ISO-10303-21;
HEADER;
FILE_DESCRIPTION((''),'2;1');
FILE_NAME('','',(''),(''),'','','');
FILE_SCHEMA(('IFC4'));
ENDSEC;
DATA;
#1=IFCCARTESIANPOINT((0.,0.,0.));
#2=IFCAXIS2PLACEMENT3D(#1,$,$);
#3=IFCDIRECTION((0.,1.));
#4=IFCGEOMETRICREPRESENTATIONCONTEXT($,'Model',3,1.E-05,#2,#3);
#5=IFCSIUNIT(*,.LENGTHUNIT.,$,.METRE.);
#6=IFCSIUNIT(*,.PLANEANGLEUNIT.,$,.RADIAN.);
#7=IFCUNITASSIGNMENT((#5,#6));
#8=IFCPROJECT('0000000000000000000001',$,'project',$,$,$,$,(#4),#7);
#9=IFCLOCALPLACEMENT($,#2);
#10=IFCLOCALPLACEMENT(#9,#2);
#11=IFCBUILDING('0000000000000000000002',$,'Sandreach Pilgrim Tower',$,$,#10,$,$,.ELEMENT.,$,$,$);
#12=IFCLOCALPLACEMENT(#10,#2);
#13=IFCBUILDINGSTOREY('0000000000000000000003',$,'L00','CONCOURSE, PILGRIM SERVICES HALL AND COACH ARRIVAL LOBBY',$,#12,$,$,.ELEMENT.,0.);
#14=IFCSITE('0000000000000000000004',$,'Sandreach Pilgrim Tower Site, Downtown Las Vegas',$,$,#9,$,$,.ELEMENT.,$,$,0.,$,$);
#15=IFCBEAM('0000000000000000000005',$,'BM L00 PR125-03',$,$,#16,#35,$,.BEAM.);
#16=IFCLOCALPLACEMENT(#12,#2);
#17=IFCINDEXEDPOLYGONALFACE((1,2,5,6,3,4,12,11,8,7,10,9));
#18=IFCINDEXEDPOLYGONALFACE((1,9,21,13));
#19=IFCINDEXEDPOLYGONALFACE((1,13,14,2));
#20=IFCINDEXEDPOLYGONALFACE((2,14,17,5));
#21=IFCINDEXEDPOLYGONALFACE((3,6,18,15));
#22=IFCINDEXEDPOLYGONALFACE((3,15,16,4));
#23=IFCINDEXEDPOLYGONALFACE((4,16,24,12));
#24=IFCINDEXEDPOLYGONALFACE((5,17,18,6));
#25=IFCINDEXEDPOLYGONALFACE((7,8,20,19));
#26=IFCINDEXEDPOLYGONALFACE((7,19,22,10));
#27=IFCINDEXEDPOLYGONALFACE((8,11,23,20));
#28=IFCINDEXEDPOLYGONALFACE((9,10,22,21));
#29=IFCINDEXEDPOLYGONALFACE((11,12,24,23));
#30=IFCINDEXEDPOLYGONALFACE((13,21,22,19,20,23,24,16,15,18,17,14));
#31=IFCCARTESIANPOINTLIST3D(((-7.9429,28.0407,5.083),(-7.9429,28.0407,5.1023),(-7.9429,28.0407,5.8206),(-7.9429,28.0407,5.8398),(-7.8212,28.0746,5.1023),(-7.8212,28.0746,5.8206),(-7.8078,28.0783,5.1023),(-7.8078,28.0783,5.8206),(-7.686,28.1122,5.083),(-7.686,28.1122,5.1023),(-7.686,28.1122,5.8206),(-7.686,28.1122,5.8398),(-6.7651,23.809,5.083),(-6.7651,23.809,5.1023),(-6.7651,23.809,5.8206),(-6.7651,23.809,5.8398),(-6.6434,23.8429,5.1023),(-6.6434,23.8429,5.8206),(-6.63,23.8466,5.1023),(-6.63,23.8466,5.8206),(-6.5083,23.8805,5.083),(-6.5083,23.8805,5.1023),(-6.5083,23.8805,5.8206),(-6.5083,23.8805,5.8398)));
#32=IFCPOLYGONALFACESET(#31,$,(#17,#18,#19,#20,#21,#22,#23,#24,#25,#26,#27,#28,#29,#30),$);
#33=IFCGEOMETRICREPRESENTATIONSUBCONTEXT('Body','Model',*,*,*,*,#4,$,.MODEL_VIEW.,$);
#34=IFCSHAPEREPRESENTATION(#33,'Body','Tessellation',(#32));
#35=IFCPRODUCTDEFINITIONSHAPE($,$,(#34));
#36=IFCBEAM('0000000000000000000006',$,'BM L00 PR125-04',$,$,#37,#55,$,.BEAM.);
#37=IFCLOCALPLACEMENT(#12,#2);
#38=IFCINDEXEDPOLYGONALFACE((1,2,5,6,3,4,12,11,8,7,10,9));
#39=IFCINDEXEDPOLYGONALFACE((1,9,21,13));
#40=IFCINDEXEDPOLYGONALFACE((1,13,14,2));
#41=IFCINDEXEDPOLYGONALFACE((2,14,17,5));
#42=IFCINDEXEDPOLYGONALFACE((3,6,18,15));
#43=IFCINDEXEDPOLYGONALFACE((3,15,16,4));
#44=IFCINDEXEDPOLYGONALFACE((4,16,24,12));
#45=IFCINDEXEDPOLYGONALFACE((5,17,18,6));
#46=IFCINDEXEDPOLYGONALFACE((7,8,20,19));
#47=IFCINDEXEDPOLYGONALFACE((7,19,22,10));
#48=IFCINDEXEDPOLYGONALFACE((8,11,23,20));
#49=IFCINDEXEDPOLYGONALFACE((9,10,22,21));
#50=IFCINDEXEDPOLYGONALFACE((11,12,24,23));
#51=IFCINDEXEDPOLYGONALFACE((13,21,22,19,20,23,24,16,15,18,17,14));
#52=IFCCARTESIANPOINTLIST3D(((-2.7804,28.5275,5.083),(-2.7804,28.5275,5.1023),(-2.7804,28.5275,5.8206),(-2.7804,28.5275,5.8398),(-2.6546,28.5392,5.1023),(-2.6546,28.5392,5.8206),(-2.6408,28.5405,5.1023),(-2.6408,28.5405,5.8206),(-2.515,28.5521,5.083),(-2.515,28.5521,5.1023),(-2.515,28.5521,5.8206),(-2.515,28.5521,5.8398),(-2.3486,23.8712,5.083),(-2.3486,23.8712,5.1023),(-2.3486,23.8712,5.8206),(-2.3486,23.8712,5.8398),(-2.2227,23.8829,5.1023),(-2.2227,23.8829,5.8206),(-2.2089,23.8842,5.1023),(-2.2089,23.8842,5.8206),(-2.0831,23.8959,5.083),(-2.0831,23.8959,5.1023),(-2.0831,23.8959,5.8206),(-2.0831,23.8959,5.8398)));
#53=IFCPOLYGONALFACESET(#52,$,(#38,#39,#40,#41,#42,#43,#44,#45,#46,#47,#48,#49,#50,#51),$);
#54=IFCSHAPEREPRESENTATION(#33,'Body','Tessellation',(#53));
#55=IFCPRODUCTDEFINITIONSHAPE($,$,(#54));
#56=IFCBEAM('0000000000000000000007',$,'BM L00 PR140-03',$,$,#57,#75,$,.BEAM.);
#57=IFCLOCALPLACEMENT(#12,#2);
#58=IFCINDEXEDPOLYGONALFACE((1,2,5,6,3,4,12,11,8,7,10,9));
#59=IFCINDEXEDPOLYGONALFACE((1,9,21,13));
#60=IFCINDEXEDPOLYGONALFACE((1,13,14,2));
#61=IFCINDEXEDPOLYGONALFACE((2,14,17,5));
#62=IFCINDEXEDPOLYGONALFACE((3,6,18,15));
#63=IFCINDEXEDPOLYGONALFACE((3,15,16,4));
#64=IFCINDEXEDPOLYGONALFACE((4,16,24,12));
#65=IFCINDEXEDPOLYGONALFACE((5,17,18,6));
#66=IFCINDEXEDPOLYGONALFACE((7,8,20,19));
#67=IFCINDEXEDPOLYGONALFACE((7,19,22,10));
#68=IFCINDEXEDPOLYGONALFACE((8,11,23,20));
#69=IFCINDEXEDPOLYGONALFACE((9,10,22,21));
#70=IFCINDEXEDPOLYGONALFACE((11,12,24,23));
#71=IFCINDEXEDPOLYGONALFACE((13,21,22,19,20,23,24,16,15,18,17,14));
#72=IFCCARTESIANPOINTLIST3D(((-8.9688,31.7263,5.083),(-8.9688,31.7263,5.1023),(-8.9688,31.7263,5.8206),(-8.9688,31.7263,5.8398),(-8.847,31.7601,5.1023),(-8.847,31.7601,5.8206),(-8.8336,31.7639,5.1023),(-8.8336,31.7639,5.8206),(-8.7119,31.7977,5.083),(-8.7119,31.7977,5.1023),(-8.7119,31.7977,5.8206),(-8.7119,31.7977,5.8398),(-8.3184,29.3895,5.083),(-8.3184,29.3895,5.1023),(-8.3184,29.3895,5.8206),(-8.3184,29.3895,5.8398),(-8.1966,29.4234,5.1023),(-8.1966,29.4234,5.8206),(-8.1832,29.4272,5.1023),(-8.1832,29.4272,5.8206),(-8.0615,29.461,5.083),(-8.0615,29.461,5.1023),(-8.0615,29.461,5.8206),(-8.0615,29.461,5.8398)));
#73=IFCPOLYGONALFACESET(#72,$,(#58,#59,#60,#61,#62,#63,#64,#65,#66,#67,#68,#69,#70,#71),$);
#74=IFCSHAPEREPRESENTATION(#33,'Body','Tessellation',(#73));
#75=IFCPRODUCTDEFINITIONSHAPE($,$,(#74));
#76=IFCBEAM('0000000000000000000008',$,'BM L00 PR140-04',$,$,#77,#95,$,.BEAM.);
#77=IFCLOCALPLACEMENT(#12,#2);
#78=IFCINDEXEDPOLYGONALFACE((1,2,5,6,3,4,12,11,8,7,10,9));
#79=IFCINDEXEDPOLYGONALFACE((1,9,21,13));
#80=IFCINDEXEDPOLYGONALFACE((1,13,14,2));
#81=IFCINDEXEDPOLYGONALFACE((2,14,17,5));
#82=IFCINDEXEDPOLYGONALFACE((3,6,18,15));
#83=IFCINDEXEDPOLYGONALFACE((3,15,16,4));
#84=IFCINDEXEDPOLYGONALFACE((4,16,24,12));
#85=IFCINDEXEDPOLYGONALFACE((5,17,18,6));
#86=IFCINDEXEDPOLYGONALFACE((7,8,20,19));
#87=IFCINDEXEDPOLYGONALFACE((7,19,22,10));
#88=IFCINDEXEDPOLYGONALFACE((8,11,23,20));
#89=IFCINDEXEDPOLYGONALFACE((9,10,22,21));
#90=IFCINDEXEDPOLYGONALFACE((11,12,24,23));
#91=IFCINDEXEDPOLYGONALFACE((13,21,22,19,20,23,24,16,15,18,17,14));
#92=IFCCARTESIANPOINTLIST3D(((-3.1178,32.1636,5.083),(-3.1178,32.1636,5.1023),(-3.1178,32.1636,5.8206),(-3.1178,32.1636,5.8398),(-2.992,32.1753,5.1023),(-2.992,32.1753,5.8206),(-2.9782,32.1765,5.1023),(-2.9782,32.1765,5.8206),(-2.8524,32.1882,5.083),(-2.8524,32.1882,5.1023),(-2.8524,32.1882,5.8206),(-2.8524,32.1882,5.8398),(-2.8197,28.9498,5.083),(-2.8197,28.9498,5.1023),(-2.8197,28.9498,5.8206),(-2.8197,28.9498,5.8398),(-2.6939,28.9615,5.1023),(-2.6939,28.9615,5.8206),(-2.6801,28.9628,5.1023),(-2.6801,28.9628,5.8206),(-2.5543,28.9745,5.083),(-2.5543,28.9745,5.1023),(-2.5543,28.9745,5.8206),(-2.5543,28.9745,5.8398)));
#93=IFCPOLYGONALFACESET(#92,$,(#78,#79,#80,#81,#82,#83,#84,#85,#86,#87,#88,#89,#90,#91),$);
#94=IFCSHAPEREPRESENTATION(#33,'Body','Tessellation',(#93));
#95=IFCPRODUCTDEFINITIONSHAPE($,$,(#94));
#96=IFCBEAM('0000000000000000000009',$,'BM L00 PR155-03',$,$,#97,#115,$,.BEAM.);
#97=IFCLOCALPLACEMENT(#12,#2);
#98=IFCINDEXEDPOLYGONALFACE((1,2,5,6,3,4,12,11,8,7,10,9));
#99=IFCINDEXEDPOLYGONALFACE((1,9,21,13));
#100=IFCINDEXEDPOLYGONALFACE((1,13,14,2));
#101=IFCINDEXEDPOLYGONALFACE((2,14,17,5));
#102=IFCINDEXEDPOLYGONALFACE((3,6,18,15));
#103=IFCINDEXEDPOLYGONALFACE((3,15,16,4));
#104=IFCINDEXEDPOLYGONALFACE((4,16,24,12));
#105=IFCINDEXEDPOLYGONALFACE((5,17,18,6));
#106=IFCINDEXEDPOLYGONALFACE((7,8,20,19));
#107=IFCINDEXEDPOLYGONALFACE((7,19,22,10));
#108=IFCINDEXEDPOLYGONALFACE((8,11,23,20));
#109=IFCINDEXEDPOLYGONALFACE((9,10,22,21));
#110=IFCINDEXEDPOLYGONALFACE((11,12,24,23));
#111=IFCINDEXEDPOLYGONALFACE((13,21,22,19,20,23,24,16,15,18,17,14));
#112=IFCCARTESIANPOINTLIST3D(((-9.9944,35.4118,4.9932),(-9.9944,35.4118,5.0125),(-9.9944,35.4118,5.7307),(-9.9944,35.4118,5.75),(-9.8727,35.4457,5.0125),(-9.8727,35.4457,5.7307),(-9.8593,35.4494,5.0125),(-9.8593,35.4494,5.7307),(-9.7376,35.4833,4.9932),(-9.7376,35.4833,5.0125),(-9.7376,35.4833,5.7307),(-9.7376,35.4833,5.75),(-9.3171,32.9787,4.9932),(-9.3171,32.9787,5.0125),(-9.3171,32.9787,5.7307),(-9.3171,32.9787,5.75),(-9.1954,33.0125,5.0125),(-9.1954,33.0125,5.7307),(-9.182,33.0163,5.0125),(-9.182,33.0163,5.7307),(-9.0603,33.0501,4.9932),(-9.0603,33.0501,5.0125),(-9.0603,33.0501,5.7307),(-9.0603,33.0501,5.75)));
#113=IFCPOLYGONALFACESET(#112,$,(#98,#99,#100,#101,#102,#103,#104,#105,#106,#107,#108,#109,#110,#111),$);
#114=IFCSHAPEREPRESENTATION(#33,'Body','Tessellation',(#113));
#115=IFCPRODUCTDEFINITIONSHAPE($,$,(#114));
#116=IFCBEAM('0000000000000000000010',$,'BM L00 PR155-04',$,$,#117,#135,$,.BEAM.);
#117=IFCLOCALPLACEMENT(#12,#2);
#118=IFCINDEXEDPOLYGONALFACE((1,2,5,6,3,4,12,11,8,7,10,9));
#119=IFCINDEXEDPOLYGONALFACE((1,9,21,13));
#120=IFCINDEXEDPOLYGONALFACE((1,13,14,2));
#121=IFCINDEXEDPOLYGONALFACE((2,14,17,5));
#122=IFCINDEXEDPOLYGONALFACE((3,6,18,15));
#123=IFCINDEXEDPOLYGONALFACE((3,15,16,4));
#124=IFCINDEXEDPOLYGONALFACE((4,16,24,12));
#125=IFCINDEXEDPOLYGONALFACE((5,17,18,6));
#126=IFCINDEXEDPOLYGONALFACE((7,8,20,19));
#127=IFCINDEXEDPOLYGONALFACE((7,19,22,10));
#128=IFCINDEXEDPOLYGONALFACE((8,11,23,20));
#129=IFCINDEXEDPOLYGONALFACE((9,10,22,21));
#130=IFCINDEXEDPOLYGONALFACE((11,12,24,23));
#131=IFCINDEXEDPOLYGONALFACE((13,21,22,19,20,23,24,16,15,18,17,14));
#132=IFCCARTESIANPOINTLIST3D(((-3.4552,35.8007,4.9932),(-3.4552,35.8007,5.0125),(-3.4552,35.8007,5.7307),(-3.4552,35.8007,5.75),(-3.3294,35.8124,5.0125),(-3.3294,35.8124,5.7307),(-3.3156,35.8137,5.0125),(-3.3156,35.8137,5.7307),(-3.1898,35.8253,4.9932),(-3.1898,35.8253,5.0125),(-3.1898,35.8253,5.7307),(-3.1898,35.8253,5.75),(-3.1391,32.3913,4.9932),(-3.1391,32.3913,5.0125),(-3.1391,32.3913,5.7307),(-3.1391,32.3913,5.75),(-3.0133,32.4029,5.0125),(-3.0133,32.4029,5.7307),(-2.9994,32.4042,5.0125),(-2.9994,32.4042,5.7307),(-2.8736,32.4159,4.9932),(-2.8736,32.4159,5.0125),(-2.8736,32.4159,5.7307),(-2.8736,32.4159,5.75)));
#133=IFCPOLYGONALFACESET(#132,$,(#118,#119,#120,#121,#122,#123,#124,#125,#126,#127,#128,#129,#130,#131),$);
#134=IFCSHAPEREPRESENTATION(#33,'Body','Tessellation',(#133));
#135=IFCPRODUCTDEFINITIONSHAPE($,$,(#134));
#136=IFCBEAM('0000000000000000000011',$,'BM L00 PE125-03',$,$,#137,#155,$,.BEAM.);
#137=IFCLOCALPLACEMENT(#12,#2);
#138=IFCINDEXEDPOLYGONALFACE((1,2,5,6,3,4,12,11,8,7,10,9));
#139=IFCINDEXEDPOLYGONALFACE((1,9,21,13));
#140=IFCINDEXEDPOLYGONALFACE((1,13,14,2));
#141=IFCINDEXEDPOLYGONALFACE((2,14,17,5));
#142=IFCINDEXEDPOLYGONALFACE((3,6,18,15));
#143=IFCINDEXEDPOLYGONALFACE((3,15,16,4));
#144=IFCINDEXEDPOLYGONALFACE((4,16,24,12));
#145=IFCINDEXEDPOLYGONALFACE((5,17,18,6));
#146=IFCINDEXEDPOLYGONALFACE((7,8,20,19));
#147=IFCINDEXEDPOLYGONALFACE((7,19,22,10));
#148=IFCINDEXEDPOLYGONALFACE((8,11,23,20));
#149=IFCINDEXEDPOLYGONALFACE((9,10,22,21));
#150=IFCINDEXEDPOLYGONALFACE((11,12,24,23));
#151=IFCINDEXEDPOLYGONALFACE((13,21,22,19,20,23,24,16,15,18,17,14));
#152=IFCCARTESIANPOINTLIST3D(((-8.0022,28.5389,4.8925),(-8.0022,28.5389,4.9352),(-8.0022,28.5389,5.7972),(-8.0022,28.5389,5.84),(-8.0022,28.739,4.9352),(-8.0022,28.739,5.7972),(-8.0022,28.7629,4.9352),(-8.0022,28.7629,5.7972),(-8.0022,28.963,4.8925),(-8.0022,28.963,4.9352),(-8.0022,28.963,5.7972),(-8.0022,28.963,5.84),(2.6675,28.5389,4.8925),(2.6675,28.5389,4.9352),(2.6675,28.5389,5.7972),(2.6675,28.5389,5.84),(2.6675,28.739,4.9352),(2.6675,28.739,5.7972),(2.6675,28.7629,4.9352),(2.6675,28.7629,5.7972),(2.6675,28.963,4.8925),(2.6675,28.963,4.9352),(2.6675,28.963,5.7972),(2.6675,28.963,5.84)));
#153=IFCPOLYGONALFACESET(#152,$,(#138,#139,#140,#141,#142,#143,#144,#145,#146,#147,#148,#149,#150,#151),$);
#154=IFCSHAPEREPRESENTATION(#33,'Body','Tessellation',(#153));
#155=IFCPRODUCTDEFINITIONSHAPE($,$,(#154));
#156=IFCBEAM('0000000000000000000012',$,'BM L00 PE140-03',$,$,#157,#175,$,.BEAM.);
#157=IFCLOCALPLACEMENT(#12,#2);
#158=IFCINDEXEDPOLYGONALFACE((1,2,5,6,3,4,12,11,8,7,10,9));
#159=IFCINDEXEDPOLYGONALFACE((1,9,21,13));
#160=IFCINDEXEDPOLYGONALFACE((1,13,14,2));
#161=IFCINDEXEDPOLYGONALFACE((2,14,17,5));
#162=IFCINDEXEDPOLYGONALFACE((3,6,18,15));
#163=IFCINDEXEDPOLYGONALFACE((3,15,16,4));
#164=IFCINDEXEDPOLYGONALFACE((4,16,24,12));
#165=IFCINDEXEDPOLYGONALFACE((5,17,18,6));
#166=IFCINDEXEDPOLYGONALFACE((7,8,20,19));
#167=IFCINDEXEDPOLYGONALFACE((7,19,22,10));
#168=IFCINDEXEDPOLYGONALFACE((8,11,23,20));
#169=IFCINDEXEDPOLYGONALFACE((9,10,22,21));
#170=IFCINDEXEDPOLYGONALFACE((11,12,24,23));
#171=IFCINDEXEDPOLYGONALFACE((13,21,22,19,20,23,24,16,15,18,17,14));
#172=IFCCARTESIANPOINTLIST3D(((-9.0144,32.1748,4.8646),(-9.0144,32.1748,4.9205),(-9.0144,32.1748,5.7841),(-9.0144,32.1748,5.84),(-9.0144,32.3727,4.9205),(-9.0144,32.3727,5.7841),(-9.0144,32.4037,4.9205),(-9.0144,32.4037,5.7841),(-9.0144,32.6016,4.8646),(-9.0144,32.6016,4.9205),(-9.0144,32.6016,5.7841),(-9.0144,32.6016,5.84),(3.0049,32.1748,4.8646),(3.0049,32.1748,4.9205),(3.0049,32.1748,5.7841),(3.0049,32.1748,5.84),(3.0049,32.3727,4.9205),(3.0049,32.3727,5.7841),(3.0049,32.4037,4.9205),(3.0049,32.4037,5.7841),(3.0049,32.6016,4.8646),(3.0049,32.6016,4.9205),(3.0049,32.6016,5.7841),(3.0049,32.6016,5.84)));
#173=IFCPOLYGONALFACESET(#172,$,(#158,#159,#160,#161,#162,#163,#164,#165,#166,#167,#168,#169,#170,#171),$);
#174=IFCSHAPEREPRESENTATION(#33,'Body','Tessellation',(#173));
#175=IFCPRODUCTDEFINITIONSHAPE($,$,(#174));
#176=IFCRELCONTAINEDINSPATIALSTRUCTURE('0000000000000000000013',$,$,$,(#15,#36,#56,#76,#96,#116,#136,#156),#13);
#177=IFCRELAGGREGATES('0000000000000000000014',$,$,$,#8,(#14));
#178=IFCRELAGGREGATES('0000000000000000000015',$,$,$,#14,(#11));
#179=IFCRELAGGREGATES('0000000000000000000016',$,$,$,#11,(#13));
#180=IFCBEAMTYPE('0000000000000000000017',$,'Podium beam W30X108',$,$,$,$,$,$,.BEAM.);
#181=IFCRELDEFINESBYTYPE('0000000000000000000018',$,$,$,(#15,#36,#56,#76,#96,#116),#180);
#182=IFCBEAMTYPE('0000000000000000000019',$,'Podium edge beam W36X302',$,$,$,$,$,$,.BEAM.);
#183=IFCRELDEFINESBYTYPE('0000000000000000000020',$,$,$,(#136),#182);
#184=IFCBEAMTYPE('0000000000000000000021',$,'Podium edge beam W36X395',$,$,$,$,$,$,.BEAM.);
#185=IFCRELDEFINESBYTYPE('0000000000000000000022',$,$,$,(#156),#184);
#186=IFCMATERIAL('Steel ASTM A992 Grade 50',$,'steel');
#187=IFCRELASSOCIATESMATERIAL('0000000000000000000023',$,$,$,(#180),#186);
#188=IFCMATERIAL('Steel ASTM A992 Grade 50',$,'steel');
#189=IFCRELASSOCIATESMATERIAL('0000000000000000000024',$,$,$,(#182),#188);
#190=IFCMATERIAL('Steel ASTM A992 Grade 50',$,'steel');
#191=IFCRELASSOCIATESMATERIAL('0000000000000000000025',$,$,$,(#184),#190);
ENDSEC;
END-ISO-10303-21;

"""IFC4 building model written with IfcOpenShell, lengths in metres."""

from ifc_helpers import new_model, si_unit, direction, frame, origin, origin_2d, place, context, subcontext, project, spatial, i_section, extrude, material, material_profile, profile_set, type_object, element, save


model = new_model("IFC4")

# Units and contexts
model_context = context("Model", 3, precision=1e-05, world=origin(), true_north=direction((0.0, 1.0)))
body_context = subcontext(model_context, "Body", "Model", "MODEL_VIEW")
ifc_project = project(units=[si_unit("LENGTHUNIT", "METRE"), si_unit("PLANEANGLEUNIT", "RADIAN")], contexts=[model_context])

# Site, building, storey
site_placement = place(None, origin())
site = spatial("IfcSite", under=ifc_project, at=site_placement, Name="Sandreach Pilgrim Tower Site, Downtown Las Vegas", CompositionType="ELEMENT", RefElevation=0.0)
building_placement = place(site_placement, origin())
building = spatial("IfcBuilding", under=site, at=building_placement, Name="Sandreach Pilgrim Tower", CompositionType="ELEMENT")
storey_placement = place(building_placement, origin())
storey = spatial("IfcBuildingStorey", under=building, at=storey_placement, Name="L00", Description="CONCOURSE, PILGRIM SERVICES HALL AND COACH ARRIVAL LOBBY", CompositionType="ELEMENT", Elevation=0.0)

# Beams
ifc_material_1 = material(Name="Steel ASTM A992 Grade 50", Category="steel")
ifc_material_profile_1 = material_profile(ifc_material_1, i_section(OverallWidth=0.2666, OverallDepth=0.7568, WebThickness=0.0139, FlangeThickness=0.0193, at=origin_2d()), Name="W30X108")
ifc_profile_set_1 = profile_set([ifc_material_profile_1], Name="Steel ASTM A992 Grade 50")
beam_type_1 = type_object("IfcBeamType", Name="Podium beam W30X108", PredefinedType="BEAM", material=ifc_profile_set_1)
beam_1_placement = place(storey_placement, frame((-6.6367, 23.8447, 5.4614), z_axis=(-0.268123, 0.963385, 0.0), x_axis=(-0.963385, -0.268123, 0.0)))
element("IfcBeam", 1, at=beam_1_placement, inside=storey, type_object=beam_type_1, Name="BM L00 PR125-03", PredefinedType="BEAM", context=body_context, shape_type="SweptSolid", body=[
    extrude(i_section(OverallWidth=0.2666, OverallDepth=0.7568, WebThickness=0.0139, FlangeThickness=0.0193, at=origin_2d()), origin(), (0.0, 0.0, 1.0), 4.3926),
])
beam_2_placement = place(storey_placement, frame((-2.2158, 23.8835, 5.4614), z_axis=(-0.092357, 0.995726, 0.0), x_axis=(-0.995726, -0.092357, 0.0)))
element("IfcBeam", 2, at=beam_2_placement, inside=storey, type_object=beam_type_1, Name="BM L00 PR125-04", PredefinedType="BEAM", context=body_context, shape_type="SweptSolid", body=[
    extrude(i_section(OverallWidth=0.2666, OverallDepth=0.7568, WebThickness=0.0139, FlangeThickness=0.0193, at=origin_2d()), origin(), (0.0, 0.0, 1.0), 4.6763),
])
beam_3_placement = place(storey_placement, frame((-8.1899, 29.4253, 5.4614), z_axis=(-0.268147, 0.963378, 0.0), x_axis=(-0.963378, -0.268147, 0.0)))
element("IfcBeam", 3, at=beam_3_placement, inside=storey, type_object=beam_type_1, Name="BM L00 PR140-03", PredefinedType="BEAM", context=body_context, shape_type="SweptSolid", body=[
    extrude(i_section(OverallWidth=0.2666, OverallDepth=0.7568, WebThickness=0.0139, FlangeThickness=0.0193, at=origin_2d()), origin(), (0.0, 0.0, 1.0), 2.4255),
])
beam_4_placement = place(storey_placement, frame((-2.687, 28.9622, 5.4614), z_axis=(-0.092363, 0.995725, 0.0), x_axis=(-0.995725, -0.092363, 0.0)))
element("IfcBeam", 4, at=beam_4_placement, inside=storey, type_object=beam_type_1, Name="BM L00 PR140-04", PredefinedType="BEAM", context=body_context, shape_type="SweptSolid", body=[
    extrude(i_section(OverallWidth=0.2666, OverallDepth=0.7568, WebThickness=0.0139, FlangeThickness=0.0193, at=origin_2d()), origin(), (0.0, 0.0, 1.0), 3.2275),
])
beam_5_placement = place(storey_placement, frame((-9.1887, 33.0144, 5.3716), z_axis=(-0.268152, 0.963377, 0.0), x_axis=(-0.963377, -0.268152, 0.0)))
element("IfcBeam", 5, at=beam_5_placement, inside=storey, type_object=beam_type_1, Name="BM L00 PR155-03", PredefinedType="BEAM", context=body_context, shape_type="SweptSolid", body=[
    extrude(i_section(OverallWidth=0.2666, OverallDepth=0.7568, WebThickness=0.0139, FlangeThickness=0.0193, at=origin_2d()), origin(), (0.0, 0.0, 1.0), 2.5256),
])
beam_6_placement = place(storey_placement, frame((-3.0063, 32.4036, 5.3716), z_axis=(-0.092336, 0.995728, 0.0), x_axis=(-0.995728, -0.092336, 0.0)))
element("IfcBeam", 6, at=beam_6_placement, inside=storey, type_object=beam_type_1, Name="BM L00 PR155-04", PredefinedType="BEAM", context=body_context, shape_type="SweptSolid", body=[
    extrude(i_section(OverallWidth=0.2666, OverallDepth=0.7568, WebThickness=0.0139, FlangeThickness=0.0193, at=origin_2d()), origin(), (0.0, 0.0, 1.0), 3.4241),
])
ifc_material_2 = material(Name="Steel ASTM A992 Grade 50", Category="steel")
ifc_material_profile_2 = material_profile(ifc_material_2, i_section(OverallWidth=0.4241, OverallDepth=0.9475, WebThickness=0.0239, FlangeThickness=0.0427, at=origin_2d()), Name="W36X302")
ifc_profile_set_2 = profile_set([ifc_material_profile_2], Name="Steel ASTM A992 Grade 50")
beam_type_2 = type_object("IfcBeamType", Name="Podium edge beam W36X302", PredefinedType="BEAM", material=ifc_profile_set_2)
beam_7_placement = place(storey_placement, frame((-8.0022, 28.751, 5.3662), z_axis=(1.0, 0.0, 0.0), x_axis=(0.0, 1.0, 0.0)))
element("IfcBeam", 7, at=beam_7_placement, inside=storey, type_object=beam_type_2, Name="BM L00 PE125-03", PredefinedType="BEAM", context=body_context, shape_type="SweptSolid", body=[
    extrude(i_section(OverallWidth=0.4241, OverallDepth=0.9475, WebThickness=0.0239, FlangeThickness=0.0427, at=origin_2d()), origin(), (0.0, 0.0, 1.0), 10.6697),
])
ifc_material_3 = material(Name="Steel ASTM A992 Grade 50", Category="steel")
ifc_material_profile_3 = material_profile(ifc_material_3, i_section(OverallWidth=0.4268, OverallDepth=0.9753, WebThickness=0.031, FlangeThickness=0.0559, at=origin_2d()), Name="W36X395")
ifc_profile_set_3 = profile_set([ifc_material_profile_3], Name="Steel ASTM A992 Grade 50")
beam_type_3 = type_object("IfcBeamType", Name="Podium edge beam W36X395", PredefinedType="BEAM", material=ifc_profile_set_3)
beam_8_placement = place(storey_placement, frame((-9.0144, 32.3882, 5.3523), z_axis=(1.0, 0.0, 0.0), x_axis=(0.0, 1.0, 0.0)))
element("IfcBeam", 8, at=beam_8_placement, inside=storey, type_object=beam_type_3, Name="BM L00 PE140-03", PredefinedType="BEAM", context=body_context, shape_type="SweptSolid", body=[
    extrude(i_section(OverallWidth=0.4268, OverallDepth=0.9753, WebThickness=0.031, FlangeThickness=0.0559, at=origin_2d()), origin(), (0.0, 0.0, 1.0), 12.0193),
])

save(model, "model.ifc")
